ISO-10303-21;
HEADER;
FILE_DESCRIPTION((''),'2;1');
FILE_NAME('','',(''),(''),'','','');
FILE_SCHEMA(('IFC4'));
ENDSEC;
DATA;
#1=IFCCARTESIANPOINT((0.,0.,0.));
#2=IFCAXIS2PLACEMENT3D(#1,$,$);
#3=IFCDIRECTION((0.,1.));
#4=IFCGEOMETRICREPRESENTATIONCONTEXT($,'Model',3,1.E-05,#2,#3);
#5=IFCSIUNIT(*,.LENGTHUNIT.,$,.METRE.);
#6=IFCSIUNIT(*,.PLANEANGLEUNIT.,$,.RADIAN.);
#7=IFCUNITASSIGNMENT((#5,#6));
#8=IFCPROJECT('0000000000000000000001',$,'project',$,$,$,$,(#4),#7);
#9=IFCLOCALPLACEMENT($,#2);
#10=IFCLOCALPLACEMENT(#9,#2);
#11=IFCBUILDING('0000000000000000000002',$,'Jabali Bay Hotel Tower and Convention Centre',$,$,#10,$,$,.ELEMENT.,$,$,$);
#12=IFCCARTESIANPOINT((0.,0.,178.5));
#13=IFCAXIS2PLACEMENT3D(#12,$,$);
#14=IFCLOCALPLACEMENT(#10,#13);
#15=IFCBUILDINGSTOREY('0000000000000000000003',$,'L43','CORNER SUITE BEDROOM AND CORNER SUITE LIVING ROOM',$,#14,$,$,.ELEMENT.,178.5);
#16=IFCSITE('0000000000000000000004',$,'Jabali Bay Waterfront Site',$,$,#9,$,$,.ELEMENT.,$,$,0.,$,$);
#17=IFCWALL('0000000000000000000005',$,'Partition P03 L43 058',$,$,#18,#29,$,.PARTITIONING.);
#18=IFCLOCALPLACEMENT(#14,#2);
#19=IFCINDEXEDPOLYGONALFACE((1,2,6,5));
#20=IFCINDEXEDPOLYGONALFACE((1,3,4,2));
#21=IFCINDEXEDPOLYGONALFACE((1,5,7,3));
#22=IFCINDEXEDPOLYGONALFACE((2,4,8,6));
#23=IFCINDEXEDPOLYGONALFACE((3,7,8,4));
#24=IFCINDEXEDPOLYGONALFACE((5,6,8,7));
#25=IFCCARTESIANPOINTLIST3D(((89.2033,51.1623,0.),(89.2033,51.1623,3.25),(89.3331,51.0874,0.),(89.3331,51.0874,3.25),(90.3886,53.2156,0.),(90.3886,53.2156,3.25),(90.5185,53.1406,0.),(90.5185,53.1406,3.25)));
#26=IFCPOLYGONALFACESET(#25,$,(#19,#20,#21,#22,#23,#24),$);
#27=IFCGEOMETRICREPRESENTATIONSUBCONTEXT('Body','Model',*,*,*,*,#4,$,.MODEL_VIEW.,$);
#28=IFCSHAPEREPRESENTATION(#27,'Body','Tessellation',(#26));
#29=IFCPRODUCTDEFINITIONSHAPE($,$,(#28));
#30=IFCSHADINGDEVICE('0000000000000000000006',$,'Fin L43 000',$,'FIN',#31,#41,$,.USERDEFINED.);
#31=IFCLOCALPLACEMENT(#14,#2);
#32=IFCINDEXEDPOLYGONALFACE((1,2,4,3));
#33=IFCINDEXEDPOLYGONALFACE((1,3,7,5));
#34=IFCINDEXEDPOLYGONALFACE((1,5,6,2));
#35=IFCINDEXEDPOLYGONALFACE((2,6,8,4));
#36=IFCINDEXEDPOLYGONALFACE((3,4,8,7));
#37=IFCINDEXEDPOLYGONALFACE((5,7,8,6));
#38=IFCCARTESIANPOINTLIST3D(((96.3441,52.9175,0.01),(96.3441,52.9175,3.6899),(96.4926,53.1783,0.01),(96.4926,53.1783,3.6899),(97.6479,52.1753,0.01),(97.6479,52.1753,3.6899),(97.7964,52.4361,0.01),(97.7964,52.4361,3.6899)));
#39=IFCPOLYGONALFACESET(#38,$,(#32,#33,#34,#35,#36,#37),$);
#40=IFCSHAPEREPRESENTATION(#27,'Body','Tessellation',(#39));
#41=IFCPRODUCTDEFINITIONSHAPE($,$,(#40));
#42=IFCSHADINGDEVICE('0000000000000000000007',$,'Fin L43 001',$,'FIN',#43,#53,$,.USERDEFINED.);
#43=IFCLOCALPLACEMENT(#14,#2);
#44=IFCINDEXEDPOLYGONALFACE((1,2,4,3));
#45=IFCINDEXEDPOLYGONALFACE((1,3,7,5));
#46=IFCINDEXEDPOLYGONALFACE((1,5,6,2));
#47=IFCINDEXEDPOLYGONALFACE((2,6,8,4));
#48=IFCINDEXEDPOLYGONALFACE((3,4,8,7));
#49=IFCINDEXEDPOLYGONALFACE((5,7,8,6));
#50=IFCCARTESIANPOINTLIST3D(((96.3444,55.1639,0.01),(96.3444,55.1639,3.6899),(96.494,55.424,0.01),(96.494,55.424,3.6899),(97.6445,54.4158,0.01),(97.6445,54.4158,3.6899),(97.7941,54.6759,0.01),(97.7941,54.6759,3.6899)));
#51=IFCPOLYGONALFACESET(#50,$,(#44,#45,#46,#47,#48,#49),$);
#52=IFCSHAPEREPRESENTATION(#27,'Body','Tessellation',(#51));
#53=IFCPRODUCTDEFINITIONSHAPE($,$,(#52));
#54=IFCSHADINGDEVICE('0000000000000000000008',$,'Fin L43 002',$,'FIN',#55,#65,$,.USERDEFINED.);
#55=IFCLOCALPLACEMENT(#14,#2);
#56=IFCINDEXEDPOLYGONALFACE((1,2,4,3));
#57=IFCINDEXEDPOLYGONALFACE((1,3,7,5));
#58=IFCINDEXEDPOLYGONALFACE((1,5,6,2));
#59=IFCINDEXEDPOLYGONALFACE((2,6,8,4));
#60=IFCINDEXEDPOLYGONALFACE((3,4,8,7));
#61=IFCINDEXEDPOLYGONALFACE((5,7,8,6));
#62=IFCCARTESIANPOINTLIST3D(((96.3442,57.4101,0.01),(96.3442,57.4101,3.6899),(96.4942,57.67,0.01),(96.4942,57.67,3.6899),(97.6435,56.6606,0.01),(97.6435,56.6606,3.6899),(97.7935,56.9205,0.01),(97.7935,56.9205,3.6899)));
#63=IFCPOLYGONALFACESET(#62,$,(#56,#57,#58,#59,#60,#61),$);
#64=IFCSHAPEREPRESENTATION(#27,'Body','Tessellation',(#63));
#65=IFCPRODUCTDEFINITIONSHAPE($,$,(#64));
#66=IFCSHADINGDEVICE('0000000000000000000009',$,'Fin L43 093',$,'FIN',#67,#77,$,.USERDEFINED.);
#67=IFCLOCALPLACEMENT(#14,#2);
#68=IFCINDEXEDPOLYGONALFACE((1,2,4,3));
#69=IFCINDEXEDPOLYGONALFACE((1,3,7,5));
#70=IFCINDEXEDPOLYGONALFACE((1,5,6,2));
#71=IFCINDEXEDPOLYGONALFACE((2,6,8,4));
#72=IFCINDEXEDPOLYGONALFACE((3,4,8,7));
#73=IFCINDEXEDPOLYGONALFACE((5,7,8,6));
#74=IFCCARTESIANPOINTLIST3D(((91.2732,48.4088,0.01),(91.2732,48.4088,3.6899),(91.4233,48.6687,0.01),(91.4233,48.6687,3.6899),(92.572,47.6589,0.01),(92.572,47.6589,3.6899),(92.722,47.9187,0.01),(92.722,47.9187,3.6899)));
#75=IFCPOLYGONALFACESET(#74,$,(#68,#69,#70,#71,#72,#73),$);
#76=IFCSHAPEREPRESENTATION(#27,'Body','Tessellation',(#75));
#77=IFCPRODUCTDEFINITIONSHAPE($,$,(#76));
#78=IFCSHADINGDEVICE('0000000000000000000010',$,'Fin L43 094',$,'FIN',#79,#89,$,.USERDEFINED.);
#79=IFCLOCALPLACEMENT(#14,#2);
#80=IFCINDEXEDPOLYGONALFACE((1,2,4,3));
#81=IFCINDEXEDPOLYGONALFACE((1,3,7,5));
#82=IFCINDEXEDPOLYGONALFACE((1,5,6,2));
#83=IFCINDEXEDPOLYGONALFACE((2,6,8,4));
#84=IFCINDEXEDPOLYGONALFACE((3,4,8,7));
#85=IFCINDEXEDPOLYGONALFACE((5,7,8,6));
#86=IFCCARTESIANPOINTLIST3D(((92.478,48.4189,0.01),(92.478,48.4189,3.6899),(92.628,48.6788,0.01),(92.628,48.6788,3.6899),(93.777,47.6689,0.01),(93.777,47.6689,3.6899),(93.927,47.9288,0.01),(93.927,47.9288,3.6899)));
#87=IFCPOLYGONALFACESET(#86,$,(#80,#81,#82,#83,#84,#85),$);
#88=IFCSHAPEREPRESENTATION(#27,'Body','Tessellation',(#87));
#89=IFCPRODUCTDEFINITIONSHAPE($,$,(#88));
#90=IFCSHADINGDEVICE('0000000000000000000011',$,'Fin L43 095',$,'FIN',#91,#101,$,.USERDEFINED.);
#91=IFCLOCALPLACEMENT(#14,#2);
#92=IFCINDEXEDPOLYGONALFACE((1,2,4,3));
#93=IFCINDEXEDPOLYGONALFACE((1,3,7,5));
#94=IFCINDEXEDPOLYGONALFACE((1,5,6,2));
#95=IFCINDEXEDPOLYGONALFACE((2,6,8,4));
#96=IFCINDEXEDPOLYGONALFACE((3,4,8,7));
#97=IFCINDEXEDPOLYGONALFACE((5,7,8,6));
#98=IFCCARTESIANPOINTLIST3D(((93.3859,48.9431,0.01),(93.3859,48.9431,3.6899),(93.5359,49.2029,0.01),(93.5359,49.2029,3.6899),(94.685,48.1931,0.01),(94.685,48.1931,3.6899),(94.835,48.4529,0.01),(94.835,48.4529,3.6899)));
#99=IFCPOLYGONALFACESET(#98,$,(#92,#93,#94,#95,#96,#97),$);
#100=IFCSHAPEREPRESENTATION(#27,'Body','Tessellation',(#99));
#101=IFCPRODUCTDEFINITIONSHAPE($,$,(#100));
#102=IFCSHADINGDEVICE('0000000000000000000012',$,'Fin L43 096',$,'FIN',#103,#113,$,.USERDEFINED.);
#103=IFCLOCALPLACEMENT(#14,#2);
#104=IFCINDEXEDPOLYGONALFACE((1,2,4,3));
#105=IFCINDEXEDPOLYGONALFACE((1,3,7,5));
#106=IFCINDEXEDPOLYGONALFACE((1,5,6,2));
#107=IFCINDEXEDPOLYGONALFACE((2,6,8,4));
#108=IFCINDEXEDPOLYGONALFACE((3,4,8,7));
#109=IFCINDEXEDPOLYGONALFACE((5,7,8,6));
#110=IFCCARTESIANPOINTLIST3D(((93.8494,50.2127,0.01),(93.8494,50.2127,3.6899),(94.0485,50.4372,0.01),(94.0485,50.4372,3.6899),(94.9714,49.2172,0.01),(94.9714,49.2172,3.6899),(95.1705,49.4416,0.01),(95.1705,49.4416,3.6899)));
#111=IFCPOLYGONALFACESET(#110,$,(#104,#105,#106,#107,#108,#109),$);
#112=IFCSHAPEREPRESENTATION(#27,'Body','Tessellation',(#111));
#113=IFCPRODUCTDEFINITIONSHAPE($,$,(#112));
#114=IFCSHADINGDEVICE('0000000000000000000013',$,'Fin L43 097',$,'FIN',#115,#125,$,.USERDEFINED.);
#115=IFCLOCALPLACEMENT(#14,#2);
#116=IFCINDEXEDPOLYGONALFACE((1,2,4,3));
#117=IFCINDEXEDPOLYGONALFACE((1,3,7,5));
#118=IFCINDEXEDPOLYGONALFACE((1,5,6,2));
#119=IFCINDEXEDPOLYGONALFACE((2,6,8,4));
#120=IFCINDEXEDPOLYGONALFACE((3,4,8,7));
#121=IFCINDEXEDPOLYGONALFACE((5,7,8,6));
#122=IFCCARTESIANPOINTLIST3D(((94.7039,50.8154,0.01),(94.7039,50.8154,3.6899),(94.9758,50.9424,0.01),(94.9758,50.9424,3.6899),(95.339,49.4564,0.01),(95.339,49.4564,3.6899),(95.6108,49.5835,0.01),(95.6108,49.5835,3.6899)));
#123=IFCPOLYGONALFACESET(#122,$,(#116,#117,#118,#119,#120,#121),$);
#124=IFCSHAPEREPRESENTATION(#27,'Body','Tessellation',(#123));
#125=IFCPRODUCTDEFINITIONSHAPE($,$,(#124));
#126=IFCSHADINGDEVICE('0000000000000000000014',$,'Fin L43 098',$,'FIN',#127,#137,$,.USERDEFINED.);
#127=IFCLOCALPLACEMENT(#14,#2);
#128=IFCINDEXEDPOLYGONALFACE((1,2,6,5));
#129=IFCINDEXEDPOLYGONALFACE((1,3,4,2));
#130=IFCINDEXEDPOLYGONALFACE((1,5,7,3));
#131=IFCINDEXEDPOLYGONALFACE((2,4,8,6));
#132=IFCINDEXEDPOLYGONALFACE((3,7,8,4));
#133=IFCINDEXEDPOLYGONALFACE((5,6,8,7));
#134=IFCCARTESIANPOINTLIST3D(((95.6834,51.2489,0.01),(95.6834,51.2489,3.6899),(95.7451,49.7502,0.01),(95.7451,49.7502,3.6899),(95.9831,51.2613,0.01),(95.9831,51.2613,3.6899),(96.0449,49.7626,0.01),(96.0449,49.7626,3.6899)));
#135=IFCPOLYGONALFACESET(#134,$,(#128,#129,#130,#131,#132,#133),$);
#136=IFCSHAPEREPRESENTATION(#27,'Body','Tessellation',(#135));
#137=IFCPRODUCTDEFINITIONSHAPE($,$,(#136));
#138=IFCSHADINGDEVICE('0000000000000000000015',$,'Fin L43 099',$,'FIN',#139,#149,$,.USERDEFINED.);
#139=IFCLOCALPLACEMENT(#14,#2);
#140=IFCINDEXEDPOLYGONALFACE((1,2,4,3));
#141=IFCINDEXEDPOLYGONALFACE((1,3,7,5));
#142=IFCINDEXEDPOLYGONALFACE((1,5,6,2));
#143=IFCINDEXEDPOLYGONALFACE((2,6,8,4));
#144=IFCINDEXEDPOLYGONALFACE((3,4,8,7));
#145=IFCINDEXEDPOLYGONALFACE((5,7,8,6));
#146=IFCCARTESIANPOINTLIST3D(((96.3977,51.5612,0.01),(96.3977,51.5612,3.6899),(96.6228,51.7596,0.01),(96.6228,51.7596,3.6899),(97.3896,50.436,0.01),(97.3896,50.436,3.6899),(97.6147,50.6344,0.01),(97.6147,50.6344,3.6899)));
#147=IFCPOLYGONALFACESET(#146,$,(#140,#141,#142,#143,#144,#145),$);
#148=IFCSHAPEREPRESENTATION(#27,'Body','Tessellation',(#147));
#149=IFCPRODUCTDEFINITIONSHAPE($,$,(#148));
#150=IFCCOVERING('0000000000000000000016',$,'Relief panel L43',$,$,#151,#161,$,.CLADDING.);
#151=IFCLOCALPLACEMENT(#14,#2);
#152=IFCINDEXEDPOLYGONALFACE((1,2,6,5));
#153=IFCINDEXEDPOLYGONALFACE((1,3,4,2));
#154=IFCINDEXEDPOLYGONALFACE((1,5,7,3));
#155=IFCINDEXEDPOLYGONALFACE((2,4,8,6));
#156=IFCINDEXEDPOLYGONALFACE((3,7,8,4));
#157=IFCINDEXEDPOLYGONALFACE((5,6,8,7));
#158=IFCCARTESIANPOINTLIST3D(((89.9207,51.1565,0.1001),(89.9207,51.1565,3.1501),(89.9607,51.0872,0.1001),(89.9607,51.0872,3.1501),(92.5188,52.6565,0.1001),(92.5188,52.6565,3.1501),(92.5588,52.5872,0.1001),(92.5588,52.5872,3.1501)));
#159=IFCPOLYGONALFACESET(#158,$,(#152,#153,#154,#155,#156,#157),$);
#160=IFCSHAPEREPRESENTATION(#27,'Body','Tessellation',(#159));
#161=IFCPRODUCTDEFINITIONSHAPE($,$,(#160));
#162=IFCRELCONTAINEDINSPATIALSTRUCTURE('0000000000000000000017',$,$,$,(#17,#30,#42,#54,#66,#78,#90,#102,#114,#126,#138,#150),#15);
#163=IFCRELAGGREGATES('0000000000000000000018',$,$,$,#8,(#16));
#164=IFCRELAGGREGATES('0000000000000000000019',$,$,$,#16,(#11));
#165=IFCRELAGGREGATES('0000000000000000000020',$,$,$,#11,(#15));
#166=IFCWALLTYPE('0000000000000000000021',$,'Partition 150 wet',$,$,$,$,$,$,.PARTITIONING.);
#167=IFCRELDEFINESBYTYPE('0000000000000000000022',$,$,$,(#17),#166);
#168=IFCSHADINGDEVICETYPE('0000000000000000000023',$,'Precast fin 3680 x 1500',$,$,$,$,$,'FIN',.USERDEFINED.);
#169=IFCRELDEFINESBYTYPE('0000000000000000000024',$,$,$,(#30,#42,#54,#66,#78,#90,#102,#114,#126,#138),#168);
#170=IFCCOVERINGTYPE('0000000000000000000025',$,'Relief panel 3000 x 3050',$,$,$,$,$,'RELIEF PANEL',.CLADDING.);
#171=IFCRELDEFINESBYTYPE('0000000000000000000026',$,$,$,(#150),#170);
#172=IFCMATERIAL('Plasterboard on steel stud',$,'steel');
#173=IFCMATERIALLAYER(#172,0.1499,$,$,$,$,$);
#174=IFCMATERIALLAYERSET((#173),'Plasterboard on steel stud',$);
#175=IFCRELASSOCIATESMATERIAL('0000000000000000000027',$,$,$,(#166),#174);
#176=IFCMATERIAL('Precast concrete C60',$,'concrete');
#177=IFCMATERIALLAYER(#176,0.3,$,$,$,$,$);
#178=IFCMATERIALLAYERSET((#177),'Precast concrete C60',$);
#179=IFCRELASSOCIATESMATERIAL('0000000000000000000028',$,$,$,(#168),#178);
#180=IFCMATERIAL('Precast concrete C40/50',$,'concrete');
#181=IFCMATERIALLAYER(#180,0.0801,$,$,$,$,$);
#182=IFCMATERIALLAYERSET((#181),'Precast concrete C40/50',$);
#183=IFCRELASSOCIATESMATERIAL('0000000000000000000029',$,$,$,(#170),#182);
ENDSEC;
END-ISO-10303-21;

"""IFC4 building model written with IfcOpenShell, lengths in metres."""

from ifc_helpers import new_model, si_unit, direction, frame, frame_2d, origin, origin_2d, place, context, subcontext, project, spatial, rectangle, extrude, material, layer, layer_set, type_object, element, save


model = new_model("IFC4")

# Units and contexts
model_context = context("Model", 3, precision=1e-05, world=origin(), true_north=direction((0.0, 1.0)))
body_context = subcontext(model_context, "Body", "Model", "MODEL_VIEW")
ifc_project = project(units=[si_unit("LENGTHUNIT", "METRE"), si_unit("PLANEANGLEUNIT", "RADIAN")], contexts=[model_context])

# Site, building, storey
site_placement = place(None, origin())
site = spatial("IfcSite", under=ifc_project, at=site_placement, Name="Jabali Bay Waterfront Site", CompositionType="ELEMENT", RefElevation=0.0)
building_placement = place(site_placement, origin())
building = spatial("IfcBuilding", under=site, at=building_placement, Name="Jabali Bay Hotel Tower and Convention Centre", CompositionType="ELEMENT")
storey_placement = place(building_placement, frame((0.0, 0.0, 178.5)))
storey = spatial("IfcBuildingStorey", under=building, at=storey_placement, Name="L43", Description="CORNER SUITE BEDROOM AND CORNER SUITE LIVING ROOM", CompositionType="ELEMENT", Elevation=178.5)

# Shared definitions
ifc_material_1 = material(Name="Plasterboard on steel stud", Category="steel")
ifc_layer_1 = layer(ifc_material_1, 0.1499)
ifc_layer_set_1 = layer_set([ifc_layer_1], Name="Plasterboard on steel stud")
wall_type_1 = type_object("IfcWallType", Name="Partition 150 wet", PredefinedType="PARTITIONING", material=ifc_layer_set_1)

# Wall
wall_1_placement = place(storey_placement, frame((90.4536, 53.1782, 0.0), z_axis=(0.0, 0.0, 1.0), x_axis=(-0.49996, -0.866048, 0.0)))
element("IfcWall", 1, at=wall_1_placement, inside=storey, type_object=wall_type_1, Name="Partition P03 L43 058", PredefinedType="PARTITIONING", context=body_context, shape_type="SweptSolid", body=[
    extrude(rectangle(XDim=2.3708, YDim=0.1499, at=frame_2d((1.1855, 0.0))), origin(), (0.0, 0.0, 1.0), 3.25),
])

# Shading devices
ifc_material_2 = material(Name="Precast concrete C60", Category="concrete")
ifc_layer_2 = layer(ifc_material_2, 0.3)
ifc_layer_set_2 = layer_set([ifc_layer_2], Name="Precast concrete C60")
shading_device_type = type_object("IfcShadingDeviceType", Name="Precast fin 3680 x 1500", ElementType="FIN", PredefinedType="USERDEFINED", material=ifc_layer_set_2)
shading_device_1_placement = place(storey_placement, frame((96.4185, 53.0479, 0.01), z_axis=(0.0, 0.0, 1.0), x_axis=(0.869043, -0.494736, 0.0)))
element("IfcShadingDevice", 2, at=shading_device_1_placement, inside=storey, type_object=shading_device_type, Name="Fin L43 000", ObjectType="FIN", PredefinedType="USERDEFINED", context=body_context, shape_type="SweptSolid", body=[
    extrude(rectangle(XDim=1.5002, YDim=0.3, at=frame_2d((0.75, 0.0))), origin(), (0.0, 0.0, 1.0), 3.6799),
])
for number, where, z_axis, x_axis, name in (
    (3, (96.4192, 55.2939, 0.01), (0.0, 0.0, 1.0), (0.866757, -0.498731, 0.0), "Fin L43 001"),
    (4, (96.4192, 57.54, 0.01), (0.0, 0.0, 1.0), (0.866213, -0.499675, 0.0), "Fin L43 002"),
):
    element("IfcShadingDevice", number, at=place(storey_placement, frame(where, z_axis=z_axis, x_axis=x_axis)), inside=storey, type_object=shading_device_type, Name=name, ObjectType="FIN", PredefinedType="USERDEFINED", context=body_context, shape_type="SweptSolid", body=[
        extrude(rectangle(XDim=1.5, YDim=0.3, at=frame_2d((0.75, 0.0))), origin(), (0.0, 0.0, 1.0), 3.6799),
    ])
shading_device_2_placement = place(storey_placement, frame((91.3481, 48.5388, 0.01), z_axis=(0.0, 0.0, 1.0), x_axis=(0.86599, -0.500061, 0.0)))
element("IfcShadingDevice", 5, at=shading_device_2_placement, inside=storey, type_object=shading_device_type, Name="Fin L43 093", ObjectType="FIN", PredefinedType="USERDEFINED", context=body_context, shape_type="SweptSolid", body=[
    extrude(rectangle(XDim=1.4998, YDim=0.3, at=frame_2d((0.75, 0.0))), origin(), (0.0, 0.0, 1.0), 3.6799),
])
for number, where, z_axis, x_axis, name in (
    (6, (92.553, 48.5488, 0.01), (0.0, 0.0, 1.0), (0.866031, -0.49999, 0.0), "Fin L43 094"),
    (7, (93.4609, 49.073, 0.01), (0.0, 0.0, 1.0), (0.866031, -0.49999, 0.0), "Fin L43 095"),
    (8, (93.949, 50.325, 0.01), (0.0, 0.0, 1.0), (0.748002, -0.663697, 0.0), "Fin L43 096"),
    (9, (94.8398, 50.8789, 0.01), (0.0, 0.0, 1.0), (0.423358, -0.905963, 0.0), "Fin L43 097"),
    (10, (95.8333, 51.2551, 0.01), (0.0, 0.0, 1.0), (0.041177, -0.999152, 0.0), "Fin L43 098"),
    (11, (96.5103, 51.6604, 0.01), (0.0, 0.0, 1.0), (0.661277, -0.750142, 0.0), "Fin L43 099"),
):
    element("IfcShadingDevice", number, at=place(storey_placement, frame(where, z_axis=z_axis, x_axis=x_axis)), inside=storey, type_object=shading_device_type, Name=name, ObjectType="FIN", PredefinedType="USERDEFINED", context=body_context, shape_type="SweptSolid", body=[
        extrude(rectangle(XDim=1.5, YDim=0.3, at=frame_2d((0.75, 0.0))), origin(), (0.0, 0.0, 1.0), 3.6799),
    ])

# Covering
ifc_material_3 = material(Name="Precast concrete C40/50", Category="concrete")
ifc_layer_3 = layer(ifc_material_3, 0.0801)
ifc_layer_set_3 = layer_set([ifc_layer_3], Name="Precast concrete C40/50")
covering_type = type_object("IfcCoveringType", Name="Relief panel 3000 x 3050", ElementType="RELIEF PANEL", PredefinedType="CLADDING", material=ifc_layer_set_3)
covering_placement = place(storey_placement, frame((91.2397, 51.8718, 0.1001), z_axis=(0.0, 0.0, 1.0), x_axis=(-0.866025, -0.5, 0.0)))
element("IfcCovering", 12, at=covering_placement, inside=storey, type_object=covering_type, Name="Relief panel L43", PredefinedType="CLADDING", context=body_context, shape_type="SweptSolid", body=[
    extrude(rectangle(XDim=3.0, YDim=0.0801, at=origin_2d()), origin(), (0.0, 0.0, 1.0), 3.05),
])

save(model, "model.ifc")
